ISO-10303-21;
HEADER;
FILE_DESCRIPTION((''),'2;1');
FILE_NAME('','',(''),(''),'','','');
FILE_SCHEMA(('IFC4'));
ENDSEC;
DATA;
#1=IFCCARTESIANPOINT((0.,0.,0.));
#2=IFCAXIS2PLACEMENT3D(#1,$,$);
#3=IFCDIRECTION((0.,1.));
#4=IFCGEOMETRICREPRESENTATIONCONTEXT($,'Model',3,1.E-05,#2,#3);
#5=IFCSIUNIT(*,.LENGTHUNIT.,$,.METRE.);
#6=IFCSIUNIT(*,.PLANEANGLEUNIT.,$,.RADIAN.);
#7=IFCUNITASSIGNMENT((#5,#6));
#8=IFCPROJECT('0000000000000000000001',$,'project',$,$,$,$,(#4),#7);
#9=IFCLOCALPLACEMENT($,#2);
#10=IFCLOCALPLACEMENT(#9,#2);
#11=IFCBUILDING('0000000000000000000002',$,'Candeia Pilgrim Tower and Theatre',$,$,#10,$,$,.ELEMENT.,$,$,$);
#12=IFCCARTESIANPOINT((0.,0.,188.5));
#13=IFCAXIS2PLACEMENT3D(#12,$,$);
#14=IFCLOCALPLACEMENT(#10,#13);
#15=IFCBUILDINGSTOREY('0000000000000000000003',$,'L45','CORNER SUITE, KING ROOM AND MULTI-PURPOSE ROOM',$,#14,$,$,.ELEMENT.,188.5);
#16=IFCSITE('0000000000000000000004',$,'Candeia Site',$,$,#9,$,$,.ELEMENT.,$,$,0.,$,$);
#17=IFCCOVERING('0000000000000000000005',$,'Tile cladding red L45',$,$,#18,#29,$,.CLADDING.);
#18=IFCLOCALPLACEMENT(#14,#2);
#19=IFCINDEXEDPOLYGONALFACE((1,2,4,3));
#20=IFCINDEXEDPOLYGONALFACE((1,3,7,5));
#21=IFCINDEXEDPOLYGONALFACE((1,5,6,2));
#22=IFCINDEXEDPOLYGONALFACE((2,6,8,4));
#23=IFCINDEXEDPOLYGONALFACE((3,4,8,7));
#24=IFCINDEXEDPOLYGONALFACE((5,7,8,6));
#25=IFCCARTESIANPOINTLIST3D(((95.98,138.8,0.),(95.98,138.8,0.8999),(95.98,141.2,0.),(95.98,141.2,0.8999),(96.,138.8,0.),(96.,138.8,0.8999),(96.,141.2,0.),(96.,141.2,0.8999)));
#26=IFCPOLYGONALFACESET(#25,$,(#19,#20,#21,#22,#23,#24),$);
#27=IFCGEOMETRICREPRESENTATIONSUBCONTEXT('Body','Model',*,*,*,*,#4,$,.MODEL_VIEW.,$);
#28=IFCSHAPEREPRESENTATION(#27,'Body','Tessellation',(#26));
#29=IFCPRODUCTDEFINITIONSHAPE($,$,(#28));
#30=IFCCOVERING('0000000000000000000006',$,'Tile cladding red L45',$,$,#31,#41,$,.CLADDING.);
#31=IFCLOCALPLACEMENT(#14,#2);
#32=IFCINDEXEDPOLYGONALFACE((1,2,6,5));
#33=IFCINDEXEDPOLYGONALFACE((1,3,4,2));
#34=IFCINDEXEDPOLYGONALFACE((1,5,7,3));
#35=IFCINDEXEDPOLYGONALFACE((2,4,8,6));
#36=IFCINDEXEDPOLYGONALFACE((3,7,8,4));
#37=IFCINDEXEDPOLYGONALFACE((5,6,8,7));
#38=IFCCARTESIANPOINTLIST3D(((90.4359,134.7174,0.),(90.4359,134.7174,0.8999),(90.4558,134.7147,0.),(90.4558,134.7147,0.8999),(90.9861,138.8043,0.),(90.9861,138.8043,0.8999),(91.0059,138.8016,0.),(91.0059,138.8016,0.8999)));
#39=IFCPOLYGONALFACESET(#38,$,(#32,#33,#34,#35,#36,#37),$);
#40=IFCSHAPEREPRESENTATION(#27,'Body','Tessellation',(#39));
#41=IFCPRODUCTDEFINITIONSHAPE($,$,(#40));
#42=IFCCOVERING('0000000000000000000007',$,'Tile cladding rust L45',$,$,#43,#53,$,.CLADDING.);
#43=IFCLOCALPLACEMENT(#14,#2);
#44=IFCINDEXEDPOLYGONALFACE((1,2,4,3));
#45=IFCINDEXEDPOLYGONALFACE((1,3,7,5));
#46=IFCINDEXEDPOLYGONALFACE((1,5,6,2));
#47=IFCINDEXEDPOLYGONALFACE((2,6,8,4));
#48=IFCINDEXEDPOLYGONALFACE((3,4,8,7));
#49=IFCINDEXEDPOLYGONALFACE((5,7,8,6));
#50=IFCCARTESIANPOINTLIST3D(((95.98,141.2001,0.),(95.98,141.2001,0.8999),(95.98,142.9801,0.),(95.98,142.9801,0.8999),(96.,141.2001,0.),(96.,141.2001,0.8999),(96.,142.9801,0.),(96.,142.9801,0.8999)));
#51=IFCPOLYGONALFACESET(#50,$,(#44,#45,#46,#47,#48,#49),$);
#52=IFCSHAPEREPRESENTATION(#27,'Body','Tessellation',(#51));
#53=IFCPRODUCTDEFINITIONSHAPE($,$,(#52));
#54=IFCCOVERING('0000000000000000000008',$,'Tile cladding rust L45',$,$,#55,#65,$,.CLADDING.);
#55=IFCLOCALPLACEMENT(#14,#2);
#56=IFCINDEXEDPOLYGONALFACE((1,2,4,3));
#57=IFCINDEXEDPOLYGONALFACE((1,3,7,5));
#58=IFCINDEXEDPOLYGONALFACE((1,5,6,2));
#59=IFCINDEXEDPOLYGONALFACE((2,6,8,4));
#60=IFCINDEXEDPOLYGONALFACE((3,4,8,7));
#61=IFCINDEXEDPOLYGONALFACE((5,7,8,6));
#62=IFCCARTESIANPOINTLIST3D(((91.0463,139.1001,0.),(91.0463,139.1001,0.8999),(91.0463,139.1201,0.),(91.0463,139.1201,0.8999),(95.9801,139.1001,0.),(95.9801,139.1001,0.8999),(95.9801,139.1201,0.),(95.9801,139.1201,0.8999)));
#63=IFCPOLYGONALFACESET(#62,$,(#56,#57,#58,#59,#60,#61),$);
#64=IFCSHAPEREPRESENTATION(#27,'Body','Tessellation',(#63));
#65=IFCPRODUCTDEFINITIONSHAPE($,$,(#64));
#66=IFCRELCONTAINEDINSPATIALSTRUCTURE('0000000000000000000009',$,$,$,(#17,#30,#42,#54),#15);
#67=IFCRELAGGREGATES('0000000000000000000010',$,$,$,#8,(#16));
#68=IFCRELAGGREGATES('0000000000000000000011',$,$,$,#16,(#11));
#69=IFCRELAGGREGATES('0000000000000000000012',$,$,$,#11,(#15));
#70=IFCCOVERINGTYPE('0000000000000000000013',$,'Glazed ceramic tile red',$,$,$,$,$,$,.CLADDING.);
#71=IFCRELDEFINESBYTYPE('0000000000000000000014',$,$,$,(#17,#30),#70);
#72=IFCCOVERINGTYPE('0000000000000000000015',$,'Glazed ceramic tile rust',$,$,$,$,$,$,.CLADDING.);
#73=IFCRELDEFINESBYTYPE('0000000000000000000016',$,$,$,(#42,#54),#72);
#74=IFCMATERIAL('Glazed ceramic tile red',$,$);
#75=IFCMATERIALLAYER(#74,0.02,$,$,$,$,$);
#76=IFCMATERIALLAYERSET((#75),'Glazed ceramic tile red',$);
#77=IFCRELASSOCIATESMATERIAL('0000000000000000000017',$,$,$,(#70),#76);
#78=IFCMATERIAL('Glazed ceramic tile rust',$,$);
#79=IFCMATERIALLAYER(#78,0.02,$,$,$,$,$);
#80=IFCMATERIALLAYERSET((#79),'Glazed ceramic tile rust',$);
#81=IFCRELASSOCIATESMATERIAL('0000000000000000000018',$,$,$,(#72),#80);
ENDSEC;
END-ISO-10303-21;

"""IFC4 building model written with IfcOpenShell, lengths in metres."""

from ifc_helpers import new_model, si_unit, direction, frame, origin, origin_2d, place, context, subcontext, project, spatial, rectangle, extrude, material, layer, layer_set, type_object, element, save


model = new_model("IFC4")

# Units and contexts
model_context = context("Model", 3, precision=1e-05, world=origin(), true_north=direction((0.0, 1.0)))
body_context = subcontext(model_context, "Body", "Model", "MODEL_VIEW")
ifc_project = project(units=[si_unit("LENGTHUNIT", "METRE"), si_unit("PLANEANGLEUNIT", "RADIAN")], contexts=[model_context])

# Site, building, storey
site_placement = place(None, origin())
site = spatial("IfcSite", under=ifc_project, at=site_placement, Name="Candeia Site", CompositionType="ELEMENT", RefElevation=0.0)
building_placement = place(site_placement, origin())
building = spatial("IfcBuilding", under=site, at=building_placement, Name="Candeia Pilgrim Tower and Theatre", CompositionType="ELEMENT")
storey_placement = place(building_placement, frame((0.0, 0.0, 188.5)))
storey = spatial("IfcBuildingStorey", under=building, at=storey_placement, Name="L45", Description="CORNER SUITE, KING ROOM AND MULTI-PURPOSE ROOM", CompositionType="ELEMENT", Elevation=188.5)

# Coverings
ifc_material_1 = material(Name="Glazed ceramic tile red")
ifc_layer_1 = layer(ifc_material_1, 0.02)
ifc_layer_set_1 = layer_set([ifc_layer_1], Name="Glazed ceramic tile red")
covering_type_1 = type_object("IfcCoveringType", Name="Glazed ceramic tile red", PredefinedType="CLADDING", material=ifc_layer_set_1)
covering_1_placement = place(storey_placement, frame((95.99, 140.0, 0.0), z_axis=(0.0, 0.0, 1.0), x_axis=(0.0, -1.0, 0.0)))
element("IfcCovering", 1, at=covering_1_placement, inside=storey, type_object=covering_type_1, Name="Tile cladding red L45", PredefinedType="CLADDING", context=body_context, shape_type="SweptSolid", body=[
    extrude(rectangle(XDim=2.3999, YDim=0.02, at=origin_2d()), origin(), (0.0, 0.0, 1.0), 0.8999),
])
covering_2_placement = place(storey_placement, frame((90.7209, 136.7595, 0.0), z_axis=(0.0, 0.0, 1.0), x_axis=(-0.133412, -0.991061, 0.0)))
element("IfcCovering", 2, at=covering_2_placement, inside=storey, type_object=covering_type_1, Name="Tile cladding red L45", PredefinedType="CLADDING", context=body_context, shape_type="SweptSolid", body=[
    extrude(rectangle(XDim=4.1238, YDim=0.02, at=origin_2d()), origin(), (0.0, 0.0, 1.0), 0.8999),
])
ifc_material_2 = material(Name="Glazed ceramic tile rust")
ifc_layer_2 = layer(ifc_material_2, 0.02)
ifc_layer_set_2 = layer_set([ifc_layer_2], Name="Glazed ceramic tile rust")
covering_type_2 = type_object("IfcCoveringType", Name="Glazed ceramic tile rust", PredefinedType="CLADDING", material=ifc_layer_set_2)
covering_3_placement = place(storey_placement, frame((95.99, 142.0901, 0.0), z_axis=(0.0, 0.0, 1.0), x_axis=(0.0, -1.0, 0.0)))
element("IfcCovering", 3, at=covering_3_placement, inside=storey, type_object=covering_type_2, Name="Tile cladding rust L45", PredefinedType="CLADDING", context=body_context, shape_type="SweptSolid", body=[
    extrude(rectangle(XDim=1.78, YDim=0.02, at=origin_2d()), origin(), (0.0, 0.0, 1.0), 0.8999),
])
covering_4_placement = place(storey_placement, frame((93.5132, 139.1101, 0.0), z_axis=(0.0, 0.0, 1.0), x_axis=(-1.0, 0.0, 0.0)))
element("IfcCovering", 4, at=covering_4_placement, inside=storey, type_object=covering_type_2, Name="Tile cladding rust L45", PredefinedType="CLADDING", context=body_context, shape_type="SweptSolid", body=[
    extrude(rectangle(XDim=4.9338, YDim=0.02, at=origin_2d()), origin(), (0.0, 0.0, 1.0), 0.8999),
])

save(model, "model.ifc")
